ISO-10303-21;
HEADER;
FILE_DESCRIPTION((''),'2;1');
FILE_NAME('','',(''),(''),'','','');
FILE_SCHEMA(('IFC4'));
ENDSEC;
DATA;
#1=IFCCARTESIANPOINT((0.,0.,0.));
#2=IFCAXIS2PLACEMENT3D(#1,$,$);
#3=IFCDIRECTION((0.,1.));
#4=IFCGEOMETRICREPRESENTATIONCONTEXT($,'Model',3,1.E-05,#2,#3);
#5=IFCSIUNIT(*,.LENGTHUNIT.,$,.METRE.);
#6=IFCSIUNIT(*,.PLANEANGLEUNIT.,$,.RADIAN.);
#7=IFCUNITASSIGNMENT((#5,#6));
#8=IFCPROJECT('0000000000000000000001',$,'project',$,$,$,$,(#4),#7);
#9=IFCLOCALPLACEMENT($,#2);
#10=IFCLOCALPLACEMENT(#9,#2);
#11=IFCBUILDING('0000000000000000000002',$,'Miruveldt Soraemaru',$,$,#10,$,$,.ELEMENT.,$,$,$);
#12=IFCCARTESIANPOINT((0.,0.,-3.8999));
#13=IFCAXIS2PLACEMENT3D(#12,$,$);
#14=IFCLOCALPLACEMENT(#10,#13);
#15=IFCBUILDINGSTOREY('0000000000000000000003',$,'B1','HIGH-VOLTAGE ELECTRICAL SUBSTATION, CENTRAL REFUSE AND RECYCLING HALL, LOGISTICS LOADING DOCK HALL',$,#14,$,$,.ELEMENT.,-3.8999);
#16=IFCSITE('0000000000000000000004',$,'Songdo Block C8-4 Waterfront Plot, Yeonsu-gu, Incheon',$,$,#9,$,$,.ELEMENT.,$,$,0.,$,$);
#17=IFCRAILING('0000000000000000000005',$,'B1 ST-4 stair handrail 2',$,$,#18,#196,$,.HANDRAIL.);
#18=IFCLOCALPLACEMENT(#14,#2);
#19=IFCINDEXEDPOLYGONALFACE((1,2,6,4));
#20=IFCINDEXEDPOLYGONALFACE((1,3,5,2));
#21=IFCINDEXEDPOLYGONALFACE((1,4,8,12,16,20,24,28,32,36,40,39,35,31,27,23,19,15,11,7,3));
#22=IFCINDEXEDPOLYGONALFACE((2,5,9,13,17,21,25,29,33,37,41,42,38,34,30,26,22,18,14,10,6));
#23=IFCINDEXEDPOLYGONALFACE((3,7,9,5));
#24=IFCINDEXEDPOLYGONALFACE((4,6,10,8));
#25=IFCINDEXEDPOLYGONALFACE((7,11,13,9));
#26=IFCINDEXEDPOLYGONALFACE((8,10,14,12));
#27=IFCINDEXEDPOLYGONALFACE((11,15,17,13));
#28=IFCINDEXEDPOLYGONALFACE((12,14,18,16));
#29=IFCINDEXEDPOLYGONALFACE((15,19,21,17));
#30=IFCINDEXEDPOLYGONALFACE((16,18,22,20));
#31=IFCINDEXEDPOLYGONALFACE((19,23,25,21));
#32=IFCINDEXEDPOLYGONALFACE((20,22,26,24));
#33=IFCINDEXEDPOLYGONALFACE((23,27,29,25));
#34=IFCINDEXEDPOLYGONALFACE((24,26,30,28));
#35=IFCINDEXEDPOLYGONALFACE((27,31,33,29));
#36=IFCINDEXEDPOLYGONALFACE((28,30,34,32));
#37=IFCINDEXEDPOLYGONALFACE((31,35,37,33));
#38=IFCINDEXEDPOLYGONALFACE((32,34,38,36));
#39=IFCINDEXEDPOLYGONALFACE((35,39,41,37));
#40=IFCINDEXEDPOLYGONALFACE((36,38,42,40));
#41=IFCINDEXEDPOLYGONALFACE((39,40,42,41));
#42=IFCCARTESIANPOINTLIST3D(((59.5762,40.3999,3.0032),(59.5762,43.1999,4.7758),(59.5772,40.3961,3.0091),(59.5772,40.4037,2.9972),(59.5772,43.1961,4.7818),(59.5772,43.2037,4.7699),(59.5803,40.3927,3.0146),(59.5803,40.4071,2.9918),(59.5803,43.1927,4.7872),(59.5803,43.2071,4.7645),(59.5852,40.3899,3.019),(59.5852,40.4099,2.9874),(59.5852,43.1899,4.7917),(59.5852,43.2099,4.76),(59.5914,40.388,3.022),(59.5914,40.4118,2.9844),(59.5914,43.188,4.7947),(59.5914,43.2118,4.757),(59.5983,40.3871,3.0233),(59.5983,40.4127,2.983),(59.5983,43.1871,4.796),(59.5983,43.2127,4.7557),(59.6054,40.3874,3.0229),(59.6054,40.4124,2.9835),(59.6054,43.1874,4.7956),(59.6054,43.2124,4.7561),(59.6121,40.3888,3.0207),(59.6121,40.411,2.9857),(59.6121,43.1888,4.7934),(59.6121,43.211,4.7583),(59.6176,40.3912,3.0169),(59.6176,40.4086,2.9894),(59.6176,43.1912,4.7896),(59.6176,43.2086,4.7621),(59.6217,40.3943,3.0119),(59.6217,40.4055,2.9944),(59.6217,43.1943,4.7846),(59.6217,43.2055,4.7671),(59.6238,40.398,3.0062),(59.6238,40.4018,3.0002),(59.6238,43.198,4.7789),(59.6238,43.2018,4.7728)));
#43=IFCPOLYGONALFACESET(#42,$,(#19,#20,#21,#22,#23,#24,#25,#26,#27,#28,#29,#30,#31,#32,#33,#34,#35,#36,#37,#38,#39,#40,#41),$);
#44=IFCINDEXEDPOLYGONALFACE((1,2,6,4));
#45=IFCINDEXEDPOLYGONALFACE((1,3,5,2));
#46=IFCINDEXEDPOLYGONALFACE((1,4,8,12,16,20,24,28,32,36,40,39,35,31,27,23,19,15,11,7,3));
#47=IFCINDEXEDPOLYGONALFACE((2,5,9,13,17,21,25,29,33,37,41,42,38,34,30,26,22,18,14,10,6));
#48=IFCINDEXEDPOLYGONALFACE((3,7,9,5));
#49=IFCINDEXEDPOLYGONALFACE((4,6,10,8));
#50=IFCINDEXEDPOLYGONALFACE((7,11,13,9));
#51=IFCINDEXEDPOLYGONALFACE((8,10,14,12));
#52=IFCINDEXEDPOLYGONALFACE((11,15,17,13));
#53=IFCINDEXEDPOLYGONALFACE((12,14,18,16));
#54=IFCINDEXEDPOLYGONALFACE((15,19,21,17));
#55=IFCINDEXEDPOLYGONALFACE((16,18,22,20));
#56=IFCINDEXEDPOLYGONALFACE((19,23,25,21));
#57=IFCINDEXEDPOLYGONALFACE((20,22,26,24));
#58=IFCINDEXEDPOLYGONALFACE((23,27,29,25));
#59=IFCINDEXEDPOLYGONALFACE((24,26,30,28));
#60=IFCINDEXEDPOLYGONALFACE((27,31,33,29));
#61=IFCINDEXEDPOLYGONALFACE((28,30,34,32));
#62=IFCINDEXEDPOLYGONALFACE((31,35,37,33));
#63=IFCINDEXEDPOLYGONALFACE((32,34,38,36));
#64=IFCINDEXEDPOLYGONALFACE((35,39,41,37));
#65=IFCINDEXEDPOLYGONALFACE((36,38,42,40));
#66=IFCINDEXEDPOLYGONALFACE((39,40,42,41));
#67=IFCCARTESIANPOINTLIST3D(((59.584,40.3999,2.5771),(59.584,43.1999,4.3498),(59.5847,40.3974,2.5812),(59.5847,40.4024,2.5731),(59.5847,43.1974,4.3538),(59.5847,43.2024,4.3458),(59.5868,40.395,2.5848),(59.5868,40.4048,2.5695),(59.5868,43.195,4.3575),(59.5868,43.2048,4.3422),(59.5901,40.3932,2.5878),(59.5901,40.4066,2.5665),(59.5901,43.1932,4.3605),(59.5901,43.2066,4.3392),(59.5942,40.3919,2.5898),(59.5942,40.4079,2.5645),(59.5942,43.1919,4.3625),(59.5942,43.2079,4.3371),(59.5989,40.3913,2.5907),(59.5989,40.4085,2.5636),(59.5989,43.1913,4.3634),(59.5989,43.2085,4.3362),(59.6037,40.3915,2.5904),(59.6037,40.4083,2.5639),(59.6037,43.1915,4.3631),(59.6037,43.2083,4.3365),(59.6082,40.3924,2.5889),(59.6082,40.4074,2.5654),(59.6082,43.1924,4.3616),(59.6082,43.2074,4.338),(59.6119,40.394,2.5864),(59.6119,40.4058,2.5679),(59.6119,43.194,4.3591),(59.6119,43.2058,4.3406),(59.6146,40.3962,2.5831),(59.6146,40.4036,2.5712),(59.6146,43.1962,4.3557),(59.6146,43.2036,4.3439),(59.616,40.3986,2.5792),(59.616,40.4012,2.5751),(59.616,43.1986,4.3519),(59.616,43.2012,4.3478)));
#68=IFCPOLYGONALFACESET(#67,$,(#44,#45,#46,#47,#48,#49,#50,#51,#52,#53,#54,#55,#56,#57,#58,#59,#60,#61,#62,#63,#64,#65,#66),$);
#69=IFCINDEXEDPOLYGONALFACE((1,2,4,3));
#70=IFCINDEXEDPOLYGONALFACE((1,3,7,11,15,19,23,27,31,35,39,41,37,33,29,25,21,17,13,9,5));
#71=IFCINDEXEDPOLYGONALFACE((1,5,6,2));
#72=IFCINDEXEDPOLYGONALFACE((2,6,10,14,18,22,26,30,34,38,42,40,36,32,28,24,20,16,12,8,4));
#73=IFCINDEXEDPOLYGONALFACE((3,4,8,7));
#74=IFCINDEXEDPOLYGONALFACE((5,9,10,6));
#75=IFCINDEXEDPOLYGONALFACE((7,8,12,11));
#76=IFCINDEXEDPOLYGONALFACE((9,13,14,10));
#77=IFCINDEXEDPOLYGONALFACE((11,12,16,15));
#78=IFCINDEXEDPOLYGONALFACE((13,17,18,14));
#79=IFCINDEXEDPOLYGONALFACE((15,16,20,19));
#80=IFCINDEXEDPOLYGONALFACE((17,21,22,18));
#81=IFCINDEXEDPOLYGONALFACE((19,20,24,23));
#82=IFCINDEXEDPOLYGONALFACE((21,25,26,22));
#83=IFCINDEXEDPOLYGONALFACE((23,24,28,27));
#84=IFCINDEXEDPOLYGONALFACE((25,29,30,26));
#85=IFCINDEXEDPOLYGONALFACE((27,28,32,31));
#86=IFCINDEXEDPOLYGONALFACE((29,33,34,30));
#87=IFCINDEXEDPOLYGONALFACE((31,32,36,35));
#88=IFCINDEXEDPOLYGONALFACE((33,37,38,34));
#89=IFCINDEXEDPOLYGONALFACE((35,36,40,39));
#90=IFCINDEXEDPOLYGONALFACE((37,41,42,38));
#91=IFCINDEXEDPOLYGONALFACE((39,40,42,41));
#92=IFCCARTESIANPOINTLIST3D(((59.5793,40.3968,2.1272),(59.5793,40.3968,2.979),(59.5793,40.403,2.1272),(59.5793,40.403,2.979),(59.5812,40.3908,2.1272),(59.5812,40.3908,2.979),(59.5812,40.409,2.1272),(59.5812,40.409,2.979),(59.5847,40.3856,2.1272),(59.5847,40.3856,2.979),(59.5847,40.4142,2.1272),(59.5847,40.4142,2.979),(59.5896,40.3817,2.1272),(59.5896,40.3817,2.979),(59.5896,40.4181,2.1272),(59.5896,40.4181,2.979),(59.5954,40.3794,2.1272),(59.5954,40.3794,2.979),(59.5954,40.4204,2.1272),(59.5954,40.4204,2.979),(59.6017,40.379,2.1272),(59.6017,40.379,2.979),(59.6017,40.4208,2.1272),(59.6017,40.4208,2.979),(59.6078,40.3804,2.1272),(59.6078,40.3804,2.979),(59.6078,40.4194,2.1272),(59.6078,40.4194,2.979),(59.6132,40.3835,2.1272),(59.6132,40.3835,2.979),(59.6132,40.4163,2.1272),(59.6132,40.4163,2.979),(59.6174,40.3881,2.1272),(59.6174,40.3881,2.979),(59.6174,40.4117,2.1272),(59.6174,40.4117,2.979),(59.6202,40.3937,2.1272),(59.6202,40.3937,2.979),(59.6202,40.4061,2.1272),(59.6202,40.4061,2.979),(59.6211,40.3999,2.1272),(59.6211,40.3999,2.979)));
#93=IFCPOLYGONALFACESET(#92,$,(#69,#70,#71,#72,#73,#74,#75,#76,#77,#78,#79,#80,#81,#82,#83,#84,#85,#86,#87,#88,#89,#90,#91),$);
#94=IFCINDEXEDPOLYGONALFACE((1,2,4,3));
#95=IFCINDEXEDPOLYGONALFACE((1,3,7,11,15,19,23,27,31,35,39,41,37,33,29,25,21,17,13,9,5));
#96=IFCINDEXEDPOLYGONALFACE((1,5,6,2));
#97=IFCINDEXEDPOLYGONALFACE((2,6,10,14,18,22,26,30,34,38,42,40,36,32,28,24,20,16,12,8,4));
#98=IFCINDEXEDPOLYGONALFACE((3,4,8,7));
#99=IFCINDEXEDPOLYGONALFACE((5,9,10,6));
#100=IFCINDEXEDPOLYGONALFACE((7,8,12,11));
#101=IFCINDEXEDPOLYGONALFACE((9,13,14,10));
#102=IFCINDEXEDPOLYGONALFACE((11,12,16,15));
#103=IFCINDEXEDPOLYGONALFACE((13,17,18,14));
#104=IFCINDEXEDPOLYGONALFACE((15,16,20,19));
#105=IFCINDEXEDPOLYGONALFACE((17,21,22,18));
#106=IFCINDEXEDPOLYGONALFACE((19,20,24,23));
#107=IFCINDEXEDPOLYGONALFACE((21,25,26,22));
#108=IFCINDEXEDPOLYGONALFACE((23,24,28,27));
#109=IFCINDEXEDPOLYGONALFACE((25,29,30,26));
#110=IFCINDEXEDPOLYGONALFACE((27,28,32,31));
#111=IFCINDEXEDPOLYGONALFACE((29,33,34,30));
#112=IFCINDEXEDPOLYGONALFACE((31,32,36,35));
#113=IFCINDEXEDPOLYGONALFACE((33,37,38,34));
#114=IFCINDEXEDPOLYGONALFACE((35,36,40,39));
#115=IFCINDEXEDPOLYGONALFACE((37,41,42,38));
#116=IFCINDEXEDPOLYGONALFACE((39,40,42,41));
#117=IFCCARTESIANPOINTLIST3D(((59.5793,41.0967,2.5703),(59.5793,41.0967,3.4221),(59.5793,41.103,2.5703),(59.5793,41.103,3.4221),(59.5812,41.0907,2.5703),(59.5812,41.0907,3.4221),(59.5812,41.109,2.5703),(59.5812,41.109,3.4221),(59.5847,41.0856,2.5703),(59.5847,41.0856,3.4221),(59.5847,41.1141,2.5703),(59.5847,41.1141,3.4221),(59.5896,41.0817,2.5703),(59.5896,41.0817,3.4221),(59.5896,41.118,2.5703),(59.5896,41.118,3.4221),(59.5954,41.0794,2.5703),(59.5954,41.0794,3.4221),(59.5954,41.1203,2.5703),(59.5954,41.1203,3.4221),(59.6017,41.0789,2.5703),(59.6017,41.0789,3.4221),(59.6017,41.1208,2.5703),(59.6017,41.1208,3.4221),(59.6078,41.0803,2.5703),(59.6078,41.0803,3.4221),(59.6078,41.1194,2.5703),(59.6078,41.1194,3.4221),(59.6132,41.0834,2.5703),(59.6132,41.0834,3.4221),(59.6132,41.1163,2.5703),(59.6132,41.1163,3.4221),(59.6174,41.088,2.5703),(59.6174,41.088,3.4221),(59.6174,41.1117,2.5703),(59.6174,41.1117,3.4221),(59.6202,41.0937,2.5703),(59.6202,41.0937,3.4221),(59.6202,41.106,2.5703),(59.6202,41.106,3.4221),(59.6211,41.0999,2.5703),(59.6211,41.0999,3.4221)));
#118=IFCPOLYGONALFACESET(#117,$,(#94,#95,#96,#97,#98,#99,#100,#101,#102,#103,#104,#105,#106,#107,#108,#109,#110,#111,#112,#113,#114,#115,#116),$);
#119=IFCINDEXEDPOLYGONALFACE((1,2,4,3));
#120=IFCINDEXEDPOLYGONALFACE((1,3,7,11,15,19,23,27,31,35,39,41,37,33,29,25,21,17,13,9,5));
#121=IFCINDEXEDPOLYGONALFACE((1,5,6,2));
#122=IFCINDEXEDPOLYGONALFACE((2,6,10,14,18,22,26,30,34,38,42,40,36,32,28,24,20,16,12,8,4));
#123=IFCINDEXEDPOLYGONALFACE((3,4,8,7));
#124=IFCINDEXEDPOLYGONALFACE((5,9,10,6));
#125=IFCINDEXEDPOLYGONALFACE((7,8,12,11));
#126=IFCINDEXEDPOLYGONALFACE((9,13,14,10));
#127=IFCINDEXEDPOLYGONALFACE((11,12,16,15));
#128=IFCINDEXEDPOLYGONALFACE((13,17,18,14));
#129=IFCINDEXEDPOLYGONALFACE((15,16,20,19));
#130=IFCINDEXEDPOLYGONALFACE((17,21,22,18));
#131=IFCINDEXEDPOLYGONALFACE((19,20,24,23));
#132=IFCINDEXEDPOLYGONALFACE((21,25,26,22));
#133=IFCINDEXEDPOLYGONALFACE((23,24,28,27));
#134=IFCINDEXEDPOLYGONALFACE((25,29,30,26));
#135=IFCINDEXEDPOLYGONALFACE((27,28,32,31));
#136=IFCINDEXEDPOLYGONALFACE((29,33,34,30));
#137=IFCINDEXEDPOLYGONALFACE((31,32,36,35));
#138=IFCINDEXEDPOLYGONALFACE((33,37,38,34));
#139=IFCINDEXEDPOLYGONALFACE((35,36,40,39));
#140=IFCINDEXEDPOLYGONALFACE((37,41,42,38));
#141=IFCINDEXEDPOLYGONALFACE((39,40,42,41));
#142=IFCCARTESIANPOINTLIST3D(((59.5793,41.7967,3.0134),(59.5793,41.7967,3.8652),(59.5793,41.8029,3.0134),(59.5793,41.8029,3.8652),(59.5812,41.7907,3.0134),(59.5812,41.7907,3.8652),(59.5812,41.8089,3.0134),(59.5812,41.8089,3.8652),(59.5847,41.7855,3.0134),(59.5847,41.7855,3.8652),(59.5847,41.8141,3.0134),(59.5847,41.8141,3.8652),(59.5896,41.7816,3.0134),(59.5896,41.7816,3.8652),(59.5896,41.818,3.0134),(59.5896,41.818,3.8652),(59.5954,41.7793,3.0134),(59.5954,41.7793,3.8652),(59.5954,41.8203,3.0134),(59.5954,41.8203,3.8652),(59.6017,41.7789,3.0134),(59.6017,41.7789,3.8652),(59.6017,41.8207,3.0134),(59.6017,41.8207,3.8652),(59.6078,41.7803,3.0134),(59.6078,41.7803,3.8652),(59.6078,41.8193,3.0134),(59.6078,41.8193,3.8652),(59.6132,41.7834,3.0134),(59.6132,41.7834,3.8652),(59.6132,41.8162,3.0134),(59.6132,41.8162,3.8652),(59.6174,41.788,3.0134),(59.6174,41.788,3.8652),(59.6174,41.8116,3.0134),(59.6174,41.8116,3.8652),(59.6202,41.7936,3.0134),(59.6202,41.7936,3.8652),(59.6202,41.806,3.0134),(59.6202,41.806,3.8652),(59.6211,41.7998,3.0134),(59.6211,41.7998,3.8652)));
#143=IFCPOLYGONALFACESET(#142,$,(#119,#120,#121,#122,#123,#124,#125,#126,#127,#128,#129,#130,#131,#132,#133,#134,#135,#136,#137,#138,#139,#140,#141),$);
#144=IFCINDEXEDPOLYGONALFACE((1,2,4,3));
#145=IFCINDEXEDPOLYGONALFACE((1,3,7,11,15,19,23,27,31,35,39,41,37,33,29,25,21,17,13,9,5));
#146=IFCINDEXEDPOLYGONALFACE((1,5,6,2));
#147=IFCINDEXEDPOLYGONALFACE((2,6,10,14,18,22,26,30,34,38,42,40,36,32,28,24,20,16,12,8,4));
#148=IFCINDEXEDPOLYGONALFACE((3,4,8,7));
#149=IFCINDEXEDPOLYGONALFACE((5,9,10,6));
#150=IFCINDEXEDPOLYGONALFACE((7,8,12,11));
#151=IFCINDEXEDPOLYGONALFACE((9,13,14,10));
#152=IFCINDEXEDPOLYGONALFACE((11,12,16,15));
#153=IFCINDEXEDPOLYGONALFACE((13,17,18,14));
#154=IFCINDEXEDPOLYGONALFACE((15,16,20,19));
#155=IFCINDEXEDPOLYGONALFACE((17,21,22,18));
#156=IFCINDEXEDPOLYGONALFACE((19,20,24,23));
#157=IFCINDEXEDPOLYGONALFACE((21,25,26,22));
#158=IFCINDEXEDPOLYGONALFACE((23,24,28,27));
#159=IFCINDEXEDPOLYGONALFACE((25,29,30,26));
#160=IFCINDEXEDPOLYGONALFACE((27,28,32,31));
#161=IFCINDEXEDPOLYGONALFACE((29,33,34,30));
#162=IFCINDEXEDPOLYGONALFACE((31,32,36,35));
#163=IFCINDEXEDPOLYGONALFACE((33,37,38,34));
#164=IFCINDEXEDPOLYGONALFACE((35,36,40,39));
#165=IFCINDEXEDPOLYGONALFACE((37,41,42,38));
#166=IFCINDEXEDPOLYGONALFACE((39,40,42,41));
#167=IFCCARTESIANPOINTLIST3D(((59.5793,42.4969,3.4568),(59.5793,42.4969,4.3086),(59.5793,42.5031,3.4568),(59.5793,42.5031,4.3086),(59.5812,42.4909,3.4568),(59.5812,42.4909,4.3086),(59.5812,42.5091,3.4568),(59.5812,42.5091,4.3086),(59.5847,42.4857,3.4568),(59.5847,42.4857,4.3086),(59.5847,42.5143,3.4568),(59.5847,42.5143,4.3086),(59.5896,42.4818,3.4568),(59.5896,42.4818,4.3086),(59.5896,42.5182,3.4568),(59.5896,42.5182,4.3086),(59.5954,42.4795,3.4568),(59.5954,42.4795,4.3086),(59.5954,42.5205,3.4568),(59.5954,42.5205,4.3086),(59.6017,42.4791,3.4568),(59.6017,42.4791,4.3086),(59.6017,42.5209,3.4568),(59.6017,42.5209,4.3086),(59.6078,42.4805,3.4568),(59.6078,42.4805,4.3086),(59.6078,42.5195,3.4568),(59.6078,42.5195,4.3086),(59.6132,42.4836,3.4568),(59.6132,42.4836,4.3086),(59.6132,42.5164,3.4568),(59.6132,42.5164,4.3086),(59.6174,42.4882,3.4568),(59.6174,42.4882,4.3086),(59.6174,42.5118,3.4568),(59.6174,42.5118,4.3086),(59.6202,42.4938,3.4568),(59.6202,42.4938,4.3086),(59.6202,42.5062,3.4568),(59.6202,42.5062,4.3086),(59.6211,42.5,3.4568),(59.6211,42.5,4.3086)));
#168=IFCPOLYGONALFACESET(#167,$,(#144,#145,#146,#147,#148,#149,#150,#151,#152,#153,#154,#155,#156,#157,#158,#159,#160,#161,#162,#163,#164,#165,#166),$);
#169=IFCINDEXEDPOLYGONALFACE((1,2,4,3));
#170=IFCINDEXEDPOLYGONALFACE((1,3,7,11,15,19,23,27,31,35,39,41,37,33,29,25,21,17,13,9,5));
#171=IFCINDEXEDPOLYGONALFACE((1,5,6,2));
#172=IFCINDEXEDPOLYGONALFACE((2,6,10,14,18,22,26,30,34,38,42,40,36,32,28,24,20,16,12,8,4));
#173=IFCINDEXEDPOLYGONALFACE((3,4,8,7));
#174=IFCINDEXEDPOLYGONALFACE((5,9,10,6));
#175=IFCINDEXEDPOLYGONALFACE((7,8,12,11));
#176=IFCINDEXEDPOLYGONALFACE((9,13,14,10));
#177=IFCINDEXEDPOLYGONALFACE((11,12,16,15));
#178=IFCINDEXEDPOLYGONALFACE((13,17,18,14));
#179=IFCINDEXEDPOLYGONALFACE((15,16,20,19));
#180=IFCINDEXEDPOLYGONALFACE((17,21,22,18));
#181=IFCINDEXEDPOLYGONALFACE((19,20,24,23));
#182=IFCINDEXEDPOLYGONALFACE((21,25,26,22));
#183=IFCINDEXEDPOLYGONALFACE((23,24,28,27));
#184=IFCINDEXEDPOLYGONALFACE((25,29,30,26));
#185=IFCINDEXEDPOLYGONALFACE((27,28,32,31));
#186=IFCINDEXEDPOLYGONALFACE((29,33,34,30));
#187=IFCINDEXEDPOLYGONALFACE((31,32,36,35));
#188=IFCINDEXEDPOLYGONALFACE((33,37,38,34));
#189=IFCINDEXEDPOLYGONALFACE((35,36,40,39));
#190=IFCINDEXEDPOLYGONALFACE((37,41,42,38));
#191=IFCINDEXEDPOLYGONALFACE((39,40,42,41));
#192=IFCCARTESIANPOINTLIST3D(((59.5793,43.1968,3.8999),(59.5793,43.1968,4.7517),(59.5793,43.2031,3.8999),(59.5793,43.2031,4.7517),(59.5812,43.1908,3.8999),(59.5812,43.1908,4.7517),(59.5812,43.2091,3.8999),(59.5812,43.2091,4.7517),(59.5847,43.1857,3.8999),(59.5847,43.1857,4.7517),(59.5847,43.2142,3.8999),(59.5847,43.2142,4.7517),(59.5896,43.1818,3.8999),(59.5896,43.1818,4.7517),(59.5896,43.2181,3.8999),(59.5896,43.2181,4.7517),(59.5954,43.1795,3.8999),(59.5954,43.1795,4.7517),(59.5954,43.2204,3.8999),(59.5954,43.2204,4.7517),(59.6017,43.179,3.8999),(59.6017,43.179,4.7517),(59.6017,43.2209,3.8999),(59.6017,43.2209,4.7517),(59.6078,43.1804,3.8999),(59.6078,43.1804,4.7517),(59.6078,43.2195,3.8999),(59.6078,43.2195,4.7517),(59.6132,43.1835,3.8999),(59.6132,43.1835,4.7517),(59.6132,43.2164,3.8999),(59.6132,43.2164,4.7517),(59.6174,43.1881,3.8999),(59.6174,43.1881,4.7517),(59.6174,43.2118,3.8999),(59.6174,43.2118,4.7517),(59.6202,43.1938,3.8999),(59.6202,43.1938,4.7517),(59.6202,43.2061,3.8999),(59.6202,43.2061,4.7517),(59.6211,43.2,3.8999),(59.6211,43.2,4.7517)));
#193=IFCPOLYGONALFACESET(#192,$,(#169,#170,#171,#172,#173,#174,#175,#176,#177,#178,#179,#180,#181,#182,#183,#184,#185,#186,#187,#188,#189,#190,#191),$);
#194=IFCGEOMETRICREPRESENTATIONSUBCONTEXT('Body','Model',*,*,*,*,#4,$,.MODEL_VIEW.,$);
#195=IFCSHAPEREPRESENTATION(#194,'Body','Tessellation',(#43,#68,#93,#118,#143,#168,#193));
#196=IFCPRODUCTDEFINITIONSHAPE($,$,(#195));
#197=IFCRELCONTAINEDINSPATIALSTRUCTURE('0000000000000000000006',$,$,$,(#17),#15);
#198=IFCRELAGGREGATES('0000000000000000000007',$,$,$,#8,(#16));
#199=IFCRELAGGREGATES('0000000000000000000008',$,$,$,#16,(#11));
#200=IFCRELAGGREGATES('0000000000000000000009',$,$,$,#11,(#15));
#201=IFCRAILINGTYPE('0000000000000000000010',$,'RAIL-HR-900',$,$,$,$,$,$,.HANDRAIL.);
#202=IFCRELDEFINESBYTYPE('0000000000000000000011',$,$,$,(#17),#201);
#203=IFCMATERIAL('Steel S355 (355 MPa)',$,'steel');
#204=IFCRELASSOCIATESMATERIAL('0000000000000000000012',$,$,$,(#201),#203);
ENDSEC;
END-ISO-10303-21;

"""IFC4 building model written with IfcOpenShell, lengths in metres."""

from ifc_helpers import new_model, si_unit, direction, frame, origin, origin_2d, place, context, subcontext, project, spatial, circle, extrude, material, type_object, element, save


model = new_model("IFC4")

# Units and contexts
model_context = context("Model", 3, precision=1e-05, world=origin(), true_north=direction((0.0, 1.0)))
body_context = subcontext(model_context, "Body", "Model", "MODEL_VIEW")
ifc_project = project(units=[si_unit("LENGTHUNIT", "METRE"), si_unit("PLANEANGLEUNIT", "RADIAN")], contexts=[model_context])

# Site, building, storey
site_placement = place(None, origin())
site = spatial("IfcSite", under=ifc_project, at=site_placement, Name="Songdo Block C8-4 Waterfront Plot, Yeonsu-gu, Incheon", CompositionType="ELEMENT", RefElevation=0.0)
building_placement = place(site_placement, origin())
building = spatial("IfcBuilding", under=site, at=building_placement, Name="Miruveldt Soraemaru", CompositionType="ELEMENT")
storey_placement = place(building_placement, frame((0.0, 0.0, -3.8999)))
storey = spatial("IfcBuildingStorey", under=building, at=storey_placement, Name="B1", Description="HIGH-VOLTAGE ELECTRICAL SUBSTATION, CENTRAL REFUSE AND RECYCLING HALL, LOGISTICS LOADING DOCK HALL", CompositionType="ELEMENT", Elevation=-3.8999)

# Shared definitions
ifc_material_1 = material(Name="Steel S355 (355 MPa)", Category="steel")

# Railing
railing_type_1 = type_object("IfcRailingType", Name="RAIL-HR-900", PredefinedType="HANDRAIL", material=ifc_material_1)
railing_1_placement = place(storey_placement, frame((59.6001, 40.3999, 2.1272)))
element("IfcRailing", 1, at=railing_1_placement, inside=storey, type_object=railing_type_1, Name="B1 ST-4 stair handrail 2", PredefinedType="HANDRAIL", context=body_context, shape_type="SweptSolid", body=[
    extrude(circle(Radius=0.0239, at=origin_2d()), frame((0.0, 0.0, 0.876), z_axis=(0.0, 0.844909, 0.53491), x_axis=(-1.0, 0.0, 0.0)), (0.0, 0.0, 1.0), 3.314),
    extrude(circle(Radius=0.0161, at=origin_2d()), frame((0.0, 0.0, 0.45), z_axis=(0.0, 0.844909, 0.53491), x_axis=(-1.0, 0.0, 0.0)), (0.0, 0.0, 1.0), 3.314),
    extrude(circle(Radius=0.021, at=origin_2d()), origin(), (0.0, 0.0, 1.0), 0.8518),
    extrude(circle(Radius=0.021, at=origin_2d()), frame((0.0, 0.7, 0.4431)), (0.0, 0.0, 1.0), 0.8518),
    extrude(circle(Radius=0.021, at=origin_2d()), frame((0.0, 1.3999, 0.8862)), (0.0, 0.0, 1.0), 0.8518),
    extrude(circle(Radius=0.021, at=origin_2d()), frame((0.0, 2.1001, 1.3296)), (0.0, 0.0, 1.0), 0.8518),
    extrude(circle(Radius=0.021, at=origin_2d()), frame((0.0, 2.8, 1.7727)), (0.0, 0.0, 1.0), 0.8518),
])

save(model, "model.ifc")
